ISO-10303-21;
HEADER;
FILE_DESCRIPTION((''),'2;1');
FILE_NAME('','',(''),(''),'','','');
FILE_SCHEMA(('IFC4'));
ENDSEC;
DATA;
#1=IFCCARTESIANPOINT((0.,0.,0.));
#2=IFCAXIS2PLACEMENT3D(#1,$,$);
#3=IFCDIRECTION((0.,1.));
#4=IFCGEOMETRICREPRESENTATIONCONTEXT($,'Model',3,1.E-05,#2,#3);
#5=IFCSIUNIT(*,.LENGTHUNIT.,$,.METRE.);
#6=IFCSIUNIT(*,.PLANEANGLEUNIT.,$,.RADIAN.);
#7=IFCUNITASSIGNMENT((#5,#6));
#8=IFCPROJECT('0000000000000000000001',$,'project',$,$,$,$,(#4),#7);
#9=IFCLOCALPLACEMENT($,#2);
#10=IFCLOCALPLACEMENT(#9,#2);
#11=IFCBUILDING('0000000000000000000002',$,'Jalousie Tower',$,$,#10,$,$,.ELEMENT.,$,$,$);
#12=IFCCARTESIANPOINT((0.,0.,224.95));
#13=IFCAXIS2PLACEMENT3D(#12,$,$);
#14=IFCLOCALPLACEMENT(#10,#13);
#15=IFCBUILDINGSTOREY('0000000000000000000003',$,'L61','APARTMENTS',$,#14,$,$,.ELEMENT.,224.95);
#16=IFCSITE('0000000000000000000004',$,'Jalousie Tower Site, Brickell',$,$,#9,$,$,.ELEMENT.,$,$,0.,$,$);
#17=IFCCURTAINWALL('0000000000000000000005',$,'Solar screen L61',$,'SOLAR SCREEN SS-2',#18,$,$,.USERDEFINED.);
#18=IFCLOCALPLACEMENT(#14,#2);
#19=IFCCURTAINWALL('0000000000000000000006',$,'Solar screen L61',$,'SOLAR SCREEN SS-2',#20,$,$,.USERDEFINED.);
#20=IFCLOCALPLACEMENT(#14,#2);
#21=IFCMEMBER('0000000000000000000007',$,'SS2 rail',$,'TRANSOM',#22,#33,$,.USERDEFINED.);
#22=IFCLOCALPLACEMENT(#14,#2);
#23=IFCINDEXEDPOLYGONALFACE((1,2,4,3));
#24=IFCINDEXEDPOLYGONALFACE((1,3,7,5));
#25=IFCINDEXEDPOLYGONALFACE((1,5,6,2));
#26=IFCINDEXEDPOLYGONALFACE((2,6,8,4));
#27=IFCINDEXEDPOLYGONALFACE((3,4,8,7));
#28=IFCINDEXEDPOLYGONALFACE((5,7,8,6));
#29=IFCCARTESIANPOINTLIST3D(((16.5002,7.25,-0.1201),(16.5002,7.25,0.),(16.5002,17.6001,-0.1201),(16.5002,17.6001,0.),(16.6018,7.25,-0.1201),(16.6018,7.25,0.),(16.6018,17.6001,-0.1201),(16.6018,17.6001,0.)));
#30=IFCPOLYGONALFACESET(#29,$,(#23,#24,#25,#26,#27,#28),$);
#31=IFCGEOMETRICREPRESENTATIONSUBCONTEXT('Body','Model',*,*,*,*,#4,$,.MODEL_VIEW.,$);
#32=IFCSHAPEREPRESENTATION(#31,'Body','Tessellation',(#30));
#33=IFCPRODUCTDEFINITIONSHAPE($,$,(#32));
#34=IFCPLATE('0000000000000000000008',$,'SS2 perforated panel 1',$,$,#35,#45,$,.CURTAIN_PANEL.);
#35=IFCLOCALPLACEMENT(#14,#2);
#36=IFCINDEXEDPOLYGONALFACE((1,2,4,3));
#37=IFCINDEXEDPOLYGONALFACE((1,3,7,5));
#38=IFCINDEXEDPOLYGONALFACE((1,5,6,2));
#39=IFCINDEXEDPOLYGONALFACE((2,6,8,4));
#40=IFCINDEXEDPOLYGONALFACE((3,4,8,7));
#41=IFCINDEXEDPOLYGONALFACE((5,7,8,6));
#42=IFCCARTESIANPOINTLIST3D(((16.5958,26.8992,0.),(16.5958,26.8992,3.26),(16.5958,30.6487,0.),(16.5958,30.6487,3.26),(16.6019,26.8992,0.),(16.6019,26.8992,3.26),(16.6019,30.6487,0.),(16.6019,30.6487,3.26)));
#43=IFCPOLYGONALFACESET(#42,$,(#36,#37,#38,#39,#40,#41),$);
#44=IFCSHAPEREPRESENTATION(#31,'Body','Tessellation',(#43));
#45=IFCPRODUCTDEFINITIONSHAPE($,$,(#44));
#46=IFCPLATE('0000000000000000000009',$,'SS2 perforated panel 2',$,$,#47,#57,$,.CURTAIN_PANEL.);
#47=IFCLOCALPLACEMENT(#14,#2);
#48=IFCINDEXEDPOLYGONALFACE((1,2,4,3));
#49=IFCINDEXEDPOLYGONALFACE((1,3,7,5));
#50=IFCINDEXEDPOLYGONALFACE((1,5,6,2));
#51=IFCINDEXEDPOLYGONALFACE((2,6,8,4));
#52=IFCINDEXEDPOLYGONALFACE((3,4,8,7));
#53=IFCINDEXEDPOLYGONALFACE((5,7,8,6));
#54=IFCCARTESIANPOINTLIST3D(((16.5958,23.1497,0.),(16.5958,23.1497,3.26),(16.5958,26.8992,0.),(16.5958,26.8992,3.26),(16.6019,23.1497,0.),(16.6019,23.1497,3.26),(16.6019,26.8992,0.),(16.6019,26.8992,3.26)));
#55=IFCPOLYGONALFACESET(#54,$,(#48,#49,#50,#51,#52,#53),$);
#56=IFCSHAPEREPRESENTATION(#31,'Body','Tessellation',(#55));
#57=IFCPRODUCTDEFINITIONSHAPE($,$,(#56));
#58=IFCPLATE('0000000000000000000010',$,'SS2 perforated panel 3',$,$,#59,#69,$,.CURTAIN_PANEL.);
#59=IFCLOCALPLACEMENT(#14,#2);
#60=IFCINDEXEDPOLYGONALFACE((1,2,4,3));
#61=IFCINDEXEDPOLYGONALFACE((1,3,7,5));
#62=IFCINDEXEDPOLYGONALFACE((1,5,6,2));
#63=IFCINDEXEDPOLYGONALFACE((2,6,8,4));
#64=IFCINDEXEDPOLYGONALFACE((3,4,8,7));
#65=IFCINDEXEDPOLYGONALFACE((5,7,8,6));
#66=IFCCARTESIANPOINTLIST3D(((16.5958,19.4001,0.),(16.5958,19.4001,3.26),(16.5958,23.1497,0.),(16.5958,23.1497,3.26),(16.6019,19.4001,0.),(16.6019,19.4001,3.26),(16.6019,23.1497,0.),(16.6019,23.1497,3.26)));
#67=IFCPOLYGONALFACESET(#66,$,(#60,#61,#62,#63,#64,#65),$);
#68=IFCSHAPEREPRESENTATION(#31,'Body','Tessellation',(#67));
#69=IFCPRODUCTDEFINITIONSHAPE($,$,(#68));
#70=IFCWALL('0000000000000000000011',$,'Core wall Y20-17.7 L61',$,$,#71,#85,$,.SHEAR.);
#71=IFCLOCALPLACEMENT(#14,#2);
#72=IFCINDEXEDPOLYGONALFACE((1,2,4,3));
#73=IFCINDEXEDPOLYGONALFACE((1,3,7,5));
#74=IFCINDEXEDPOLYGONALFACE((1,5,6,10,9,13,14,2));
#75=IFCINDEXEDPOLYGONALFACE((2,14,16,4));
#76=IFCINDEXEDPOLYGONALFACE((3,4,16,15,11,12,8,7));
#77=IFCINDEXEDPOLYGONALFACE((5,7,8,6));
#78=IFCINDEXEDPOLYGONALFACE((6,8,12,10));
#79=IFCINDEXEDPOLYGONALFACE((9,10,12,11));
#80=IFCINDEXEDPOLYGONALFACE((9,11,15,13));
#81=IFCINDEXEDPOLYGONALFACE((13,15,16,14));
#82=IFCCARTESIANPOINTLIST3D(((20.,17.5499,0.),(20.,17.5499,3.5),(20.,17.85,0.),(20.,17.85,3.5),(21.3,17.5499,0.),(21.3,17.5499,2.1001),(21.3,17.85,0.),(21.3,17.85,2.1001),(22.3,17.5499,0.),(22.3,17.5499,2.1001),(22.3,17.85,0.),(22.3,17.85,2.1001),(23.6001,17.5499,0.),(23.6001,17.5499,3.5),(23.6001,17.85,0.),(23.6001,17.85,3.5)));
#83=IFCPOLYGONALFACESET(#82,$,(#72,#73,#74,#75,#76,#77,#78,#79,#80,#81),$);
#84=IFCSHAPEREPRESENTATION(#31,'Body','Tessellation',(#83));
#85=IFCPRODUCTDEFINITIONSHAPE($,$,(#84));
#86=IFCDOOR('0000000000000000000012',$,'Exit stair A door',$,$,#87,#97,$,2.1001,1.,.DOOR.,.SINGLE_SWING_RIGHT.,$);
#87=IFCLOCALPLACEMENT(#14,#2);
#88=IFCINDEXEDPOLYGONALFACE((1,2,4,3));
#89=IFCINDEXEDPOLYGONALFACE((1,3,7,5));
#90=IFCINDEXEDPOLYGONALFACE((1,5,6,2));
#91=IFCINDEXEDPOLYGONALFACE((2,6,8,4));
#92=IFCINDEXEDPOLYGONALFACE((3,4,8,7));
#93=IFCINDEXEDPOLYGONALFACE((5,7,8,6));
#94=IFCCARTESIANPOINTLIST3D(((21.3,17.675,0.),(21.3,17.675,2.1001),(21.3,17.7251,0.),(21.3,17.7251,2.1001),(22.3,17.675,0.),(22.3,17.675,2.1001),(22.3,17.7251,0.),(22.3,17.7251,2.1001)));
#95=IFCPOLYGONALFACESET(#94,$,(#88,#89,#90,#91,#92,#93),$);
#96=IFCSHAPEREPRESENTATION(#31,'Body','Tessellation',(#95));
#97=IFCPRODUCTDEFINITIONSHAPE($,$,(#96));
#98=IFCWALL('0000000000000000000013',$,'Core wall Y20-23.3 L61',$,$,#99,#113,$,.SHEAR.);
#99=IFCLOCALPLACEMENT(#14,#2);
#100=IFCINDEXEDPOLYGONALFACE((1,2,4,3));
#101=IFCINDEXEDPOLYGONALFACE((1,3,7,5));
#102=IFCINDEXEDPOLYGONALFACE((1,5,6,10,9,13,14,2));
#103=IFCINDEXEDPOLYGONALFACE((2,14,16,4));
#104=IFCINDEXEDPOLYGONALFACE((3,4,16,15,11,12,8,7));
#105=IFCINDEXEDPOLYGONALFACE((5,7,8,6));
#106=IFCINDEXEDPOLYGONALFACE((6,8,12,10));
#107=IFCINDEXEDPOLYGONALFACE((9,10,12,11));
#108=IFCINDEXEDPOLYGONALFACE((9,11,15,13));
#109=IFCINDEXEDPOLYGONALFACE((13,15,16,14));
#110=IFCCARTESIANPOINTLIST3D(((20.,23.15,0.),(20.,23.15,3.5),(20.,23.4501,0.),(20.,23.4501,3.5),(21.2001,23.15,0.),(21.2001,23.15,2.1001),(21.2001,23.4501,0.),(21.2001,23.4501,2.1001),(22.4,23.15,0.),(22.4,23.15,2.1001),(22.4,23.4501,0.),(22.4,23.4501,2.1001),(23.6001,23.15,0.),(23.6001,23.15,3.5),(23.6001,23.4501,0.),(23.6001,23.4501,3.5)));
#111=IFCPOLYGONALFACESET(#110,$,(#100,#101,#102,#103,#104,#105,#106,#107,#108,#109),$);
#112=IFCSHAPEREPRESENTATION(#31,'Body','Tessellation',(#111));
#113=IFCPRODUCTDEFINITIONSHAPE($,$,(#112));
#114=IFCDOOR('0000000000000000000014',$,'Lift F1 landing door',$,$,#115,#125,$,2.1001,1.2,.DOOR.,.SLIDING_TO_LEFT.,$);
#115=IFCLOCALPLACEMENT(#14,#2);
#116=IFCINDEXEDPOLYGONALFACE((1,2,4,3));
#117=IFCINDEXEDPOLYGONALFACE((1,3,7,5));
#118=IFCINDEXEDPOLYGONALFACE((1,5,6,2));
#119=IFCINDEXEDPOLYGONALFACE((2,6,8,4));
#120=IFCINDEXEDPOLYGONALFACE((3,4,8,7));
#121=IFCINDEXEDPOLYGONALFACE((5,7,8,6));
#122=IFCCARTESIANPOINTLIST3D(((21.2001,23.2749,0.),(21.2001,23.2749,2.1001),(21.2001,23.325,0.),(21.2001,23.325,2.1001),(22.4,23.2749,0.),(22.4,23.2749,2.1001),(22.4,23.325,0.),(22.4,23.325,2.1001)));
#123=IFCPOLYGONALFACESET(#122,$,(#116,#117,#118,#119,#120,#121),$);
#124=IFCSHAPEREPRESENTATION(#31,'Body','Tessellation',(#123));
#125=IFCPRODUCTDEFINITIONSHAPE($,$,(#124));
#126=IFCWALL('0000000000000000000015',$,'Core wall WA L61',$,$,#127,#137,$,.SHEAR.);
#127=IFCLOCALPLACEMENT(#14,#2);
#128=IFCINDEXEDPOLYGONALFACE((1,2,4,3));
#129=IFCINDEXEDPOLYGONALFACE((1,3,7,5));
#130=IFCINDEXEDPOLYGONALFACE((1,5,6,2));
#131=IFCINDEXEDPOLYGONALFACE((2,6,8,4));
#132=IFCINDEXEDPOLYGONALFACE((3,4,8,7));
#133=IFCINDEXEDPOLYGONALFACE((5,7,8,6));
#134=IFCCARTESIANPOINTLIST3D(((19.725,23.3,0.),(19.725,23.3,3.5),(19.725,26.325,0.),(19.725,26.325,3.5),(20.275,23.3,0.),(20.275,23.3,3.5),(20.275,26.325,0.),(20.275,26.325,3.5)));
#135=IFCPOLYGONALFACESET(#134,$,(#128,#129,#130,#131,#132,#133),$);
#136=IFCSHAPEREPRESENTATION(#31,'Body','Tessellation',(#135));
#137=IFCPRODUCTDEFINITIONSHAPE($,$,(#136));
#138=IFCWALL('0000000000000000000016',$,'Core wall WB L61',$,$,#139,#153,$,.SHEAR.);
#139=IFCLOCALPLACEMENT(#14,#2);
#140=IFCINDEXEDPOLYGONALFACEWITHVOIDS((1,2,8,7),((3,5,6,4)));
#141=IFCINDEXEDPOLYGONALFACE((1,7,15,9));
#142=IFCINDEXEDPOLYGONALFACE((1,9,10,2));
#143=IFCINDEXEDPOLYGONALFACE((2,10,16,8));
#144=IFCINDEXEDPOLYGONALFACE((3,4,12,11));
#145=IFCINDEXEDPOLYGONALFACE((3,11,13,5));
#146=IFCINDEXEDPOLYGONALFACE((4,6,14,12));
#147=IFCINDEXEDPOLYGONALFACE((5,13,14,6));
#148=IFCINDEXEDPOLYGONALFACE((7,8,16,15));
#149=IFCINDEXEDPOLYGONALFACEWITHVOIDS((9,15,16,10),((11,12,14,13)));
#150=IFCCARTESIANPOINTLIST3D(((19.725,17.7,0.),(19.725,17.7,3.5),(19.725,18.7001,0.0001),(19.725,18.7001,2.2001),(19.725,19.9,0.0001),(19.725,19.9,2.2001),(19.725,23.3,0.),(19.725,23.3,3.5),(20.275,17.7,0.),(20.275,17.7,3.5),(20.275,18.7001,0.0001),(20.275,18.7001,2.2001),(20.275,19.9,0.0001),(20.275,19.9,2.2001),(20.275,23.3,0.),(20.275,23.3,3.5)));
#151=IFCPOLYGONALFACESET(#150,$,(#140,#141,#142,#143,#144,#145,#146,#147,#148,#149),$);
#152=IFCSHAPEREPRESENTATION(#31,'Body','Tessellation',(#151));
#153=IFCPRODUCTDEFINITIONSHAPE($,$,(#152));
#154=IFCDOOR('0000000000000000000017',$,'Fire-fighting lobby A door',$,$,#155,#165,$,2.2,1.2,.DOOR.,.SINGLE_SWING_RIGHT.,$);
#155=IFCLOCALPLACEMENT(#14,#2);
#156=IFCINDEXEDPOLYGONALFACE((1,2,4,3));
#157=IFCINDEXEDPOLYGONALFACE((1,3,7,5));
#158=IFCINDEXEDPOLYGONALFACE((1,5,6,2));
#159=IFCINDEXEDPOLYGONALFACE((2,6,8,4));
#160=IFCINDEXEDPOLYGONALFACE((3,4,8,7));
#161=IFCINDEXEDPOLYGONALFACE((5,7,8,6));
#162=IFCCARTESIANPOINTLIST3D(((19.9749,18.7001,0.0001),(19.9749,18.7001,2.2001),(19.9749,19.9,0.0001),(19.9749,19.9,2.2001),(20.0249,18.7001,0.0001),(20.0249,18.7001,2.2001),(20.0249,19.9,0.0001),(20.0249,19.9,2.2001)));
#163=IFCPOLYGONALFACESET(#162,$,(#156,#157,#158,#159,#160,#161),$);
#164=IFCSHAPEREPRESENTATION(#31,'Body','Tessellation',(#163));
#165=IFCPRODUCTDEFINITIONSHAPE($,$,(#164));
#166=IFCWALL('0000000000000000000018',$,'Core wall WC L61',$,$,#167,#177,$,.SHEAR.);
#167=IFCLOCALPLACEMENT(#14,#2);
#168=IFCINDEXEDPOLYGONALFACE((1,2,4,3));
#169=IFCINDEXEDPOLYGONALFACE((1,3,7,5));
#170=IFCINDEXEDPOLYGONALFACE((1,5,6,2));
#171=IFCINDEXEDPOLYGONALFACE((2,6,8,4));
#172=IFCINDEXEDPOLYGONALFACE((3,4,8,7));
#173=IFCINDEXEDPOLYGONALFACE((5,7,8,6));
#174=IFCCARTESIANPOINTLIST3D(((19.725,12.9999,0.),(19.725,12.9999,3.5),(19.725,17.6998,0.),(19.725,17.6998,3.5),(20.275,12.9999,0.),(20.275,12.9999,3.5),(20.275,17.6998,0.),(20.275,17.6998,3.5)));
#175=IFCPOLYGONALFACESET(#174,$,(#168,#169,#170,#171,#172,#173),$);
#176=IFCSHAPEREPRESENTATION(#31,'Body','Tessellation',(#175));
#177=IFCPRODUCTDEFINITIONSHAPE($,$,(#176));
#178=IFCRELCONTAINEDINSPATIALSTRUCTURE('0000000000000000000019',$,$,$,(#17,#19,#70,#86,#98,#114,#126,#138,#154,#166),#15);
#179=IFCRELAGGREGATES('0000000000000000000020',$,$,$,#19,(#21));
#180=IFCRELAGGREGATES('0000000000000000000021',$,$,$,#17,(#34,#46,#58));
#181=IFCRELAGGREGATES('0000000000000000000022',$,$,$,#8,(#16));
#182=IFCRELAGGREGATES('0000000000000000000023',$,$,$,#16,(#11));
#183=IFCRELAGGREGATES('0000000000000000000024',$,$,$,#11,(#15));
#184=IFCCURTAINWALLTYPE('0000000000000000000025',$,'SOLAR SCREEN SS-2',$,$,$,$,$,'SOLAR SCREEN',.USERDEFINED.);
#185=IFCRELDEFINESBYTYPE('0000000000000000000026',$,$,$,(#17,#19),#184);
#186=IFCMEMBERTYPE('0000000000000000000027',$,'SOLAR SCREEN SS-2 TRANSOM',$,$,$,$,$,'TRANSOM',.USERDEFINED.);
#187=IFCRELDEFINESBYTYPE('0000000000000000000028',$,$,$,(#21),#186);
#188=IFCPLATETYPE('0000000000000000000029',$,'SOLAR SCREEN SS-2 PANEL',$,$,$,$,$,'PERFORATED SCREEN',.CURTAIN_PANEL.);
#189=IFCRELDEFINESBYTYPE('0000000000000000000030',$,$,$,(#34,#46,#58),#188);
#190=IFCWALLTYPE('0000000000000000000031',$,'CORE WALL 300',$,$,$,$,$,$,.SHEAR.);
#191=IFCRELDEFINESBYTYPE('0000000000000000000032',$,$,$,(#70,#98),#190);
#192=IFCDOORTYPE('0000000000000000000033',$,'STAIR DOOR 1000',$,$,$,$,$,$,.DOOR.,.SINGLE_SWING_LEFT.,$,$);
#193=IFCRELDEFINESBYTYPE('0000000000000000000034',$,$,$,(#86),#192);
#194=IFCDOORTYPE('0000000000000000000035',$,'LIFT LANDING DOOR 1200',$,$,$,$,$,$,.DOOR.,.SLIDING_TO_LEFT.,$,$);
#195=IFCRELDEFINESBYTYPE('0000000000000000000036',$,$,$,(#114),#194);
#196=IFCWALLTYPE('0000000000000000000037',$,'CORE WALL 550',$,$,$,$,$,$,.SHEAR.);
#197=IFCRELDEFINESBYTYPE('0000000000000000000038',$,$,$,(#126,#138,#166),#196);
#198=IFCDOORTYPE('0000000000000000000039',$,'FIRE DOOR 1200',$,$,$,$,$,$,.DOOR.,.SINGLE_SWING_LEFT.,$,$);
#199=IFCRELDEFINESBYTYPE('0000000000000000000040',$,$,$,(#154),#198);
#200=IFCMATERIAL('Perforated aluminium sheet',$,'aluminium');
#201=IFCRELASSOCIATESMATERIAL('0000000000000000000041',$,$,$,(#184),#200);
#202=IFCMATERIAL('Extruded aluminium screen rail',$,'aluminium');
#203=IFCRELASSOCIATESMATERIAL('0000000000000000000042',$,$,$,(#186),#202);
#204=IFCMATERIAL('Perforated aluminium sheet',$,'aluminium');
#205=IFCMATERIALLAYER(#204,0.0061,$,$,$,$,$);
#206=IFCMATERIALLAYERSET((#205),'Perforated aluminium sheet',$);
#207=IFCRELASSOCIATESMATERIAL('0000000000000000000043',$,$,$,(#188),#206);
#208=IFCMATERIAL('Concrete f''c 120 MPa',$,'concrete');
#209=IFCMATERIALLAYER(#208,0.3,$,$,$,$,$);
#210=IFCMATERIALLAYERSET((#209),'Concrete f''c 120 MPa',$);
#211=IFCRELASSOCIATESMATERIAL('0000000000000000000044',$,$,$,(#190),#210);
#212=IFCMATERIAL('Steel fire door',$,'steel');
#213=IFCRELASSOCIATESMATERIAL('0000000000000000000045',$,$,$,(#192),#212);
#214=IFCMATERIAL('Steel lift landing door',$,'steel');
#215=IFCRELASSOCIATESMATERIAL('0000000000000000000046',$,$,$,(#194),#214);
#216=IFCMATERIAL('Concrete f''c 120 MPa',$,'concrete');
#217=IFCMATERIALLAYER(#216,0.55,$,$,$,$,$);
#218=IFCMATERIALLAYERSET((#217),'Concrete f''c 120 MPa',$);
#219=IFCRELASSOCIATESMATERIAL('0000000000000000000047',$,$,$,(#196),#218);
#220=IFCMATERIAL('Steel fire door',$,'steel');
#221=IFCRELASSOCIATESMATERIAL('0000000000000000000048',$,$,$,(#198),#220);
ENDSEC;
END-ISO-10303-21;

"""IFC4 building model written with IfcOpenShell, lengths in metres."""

from ifc_helpers import new_model, si_unit, direction, frame, frame_2d, origin, origin_2d, place, context, subcontext, project, spatial, rectangle, extrude, material, layer, layer_set, material_profile, profile_set, type_object, element, fill, aggregate, save


model = new_model("IFC4")

# Units and contexts
model_context = context("Model", 3, precision=1e-05, world=origin(), true_north=direction((0.0, 1.0)))
body_context = subcontext(model_context, "Body", "Model", "MODEL_VIEW")
ifc_project = project(units=[si_unit("LENGTHUNIT", "METRE"), si_unit("PLANEANGLEUNIT", "RADIAN")], contexts=[model_context])

# Site, building, storey
site_placement = place(None, origin())
site = spatial("IfcSite", under=ifc_project, at=site_placement, Name="Jalousie Tower Site, Brickell", CompositionType="ELEMENT", RefElevation=0.0)
building_placement = place(site_placement, origin())
building = spatial("IfcBuilding", under=site, at=building_placement, Name="Jalousie Tower", CompositionType="ELEMENT")
storey_placement = place(building_placement, frame((0.0, 0.0, 224.95)))
storey = spatial("IfcBuildingStorey", under=building, at=storey_placement, Name="L61", Description="APARTMENTS", CompositionType="ELEMENT", Elevation=224.95)

# Curtain walls, member
ifc_material_1 = material(Name="Perforated aluminium sheet", Category="aluminium")
curtain_wall_type = type_object("IfcCurtainWallType", Name="SOLAR SCREEN SS-2", ElementType="SOLAR SCREEN", PredefinedType="USERDEFINED", material=ifc_material_1)
curtain_wall_1_placement = place(storey_placement, origin())
curtain_wall_1 = element("IfcCurtainWall", 1, at=curtain_wall_1_placement, inside=storey, type_object=curtain_wall_type, Name="Solar screen L61", ObjectType="SOLAR SCREEN SS-2", PredefinedType="USERDEFINED")
curtain_wall_2_placement = place(storey_placement, origin())
curtain_wall_2 = element("IfcCurtainWall", 2, at=curtain_wall_2_placement, inside=storey, type_object=curtain_wall_type, Name="Solar screen L61", ObjectType="SOLAR SCREEN SS-2", PredefinedType="USERDEFINED")
ifc_material_2 = material(Name="Extruded aluminium screen rail", Category="aluminium")
ifc_material_profile_1 = material_profile(ifc_material_2, rectangle(XDim=0.1016, YDim=0.1201, at=origin_2d()), Name="RAIL 102x120")
ifc_profile_set_1 = profile_set([ifc_material_profile_1], Name="Extruded aluminium screen rail")
member_type_1 = type_object("IfcMemberType", Name="SOLAR SCREEN SS-2 TRANSOM", ElementType="TRANSOM", PredefinedType="USERDEFINED", material=ifc_profile_set_1)
member_1_placement = place(storey_placement, frame((16.551, 17.6001, -0.0601), z_axis=(0.0, -1.0, 0.0), x_axis=(1.0, 0.0, 0.0)))
member_1 = element("IfcMember", 3, at=member_1_placement, type_object=member_type_1, Name="SS2 rail", ObjectType="TRANSOM", PredefinedType="USERDEFINED", context=body_context, shape_type="SweptSolid", body=[
    extrude(rectangle(XDim=0.1016, YDim=0.1201, at=origin_2d()), origin(), (0.0, 0.0, 1.0), 10.3501),
])
aggregate(curtain_wall_2, [member_1])

# Plates
ifc_material_3 = material(Name="Perforated aluminium sheet", Category="aluminium")
ifc_layer_1 = layer(ifc_material_3, 0.0061)
ifc_layer_set_1 = layer_set([ifc_layer_1], Name="Perforated aluminium sheet")
plate_type = type_object("IfcPlateType", Name="SOLAR SCREEN SS-2 PANEL", ElementType="PERFORATED SCREEN", PredefinedType="CURTAIN_PANEL", material=ifc_layer_set_1)
plate_1_placement = place(storey_placement, frame((16.5989, 28.7739, 0.0), z_axis=(0.0, 0.0, 1.0), x_axis=(0.0, -1.0, 0.0)))
plate_1 = element("IfcPlate", 4, at=plate_1_placement, type_object=plate_type, Name="SS2 perforated panel 1", PredefinedType="CURTAIN_PANEL", context=body_context, shape_type="SweptSolid", body=[
    extrude(rectangle(XDim=3.7495, YDim=0.0061, at=origin_2d()), origin(), (0.0, 0.0, 1.0), 3.26),
])
plate_2_placement = place(storey_placement, frame((16.5989, 25.0244, 0.0), z_axis=(0.0, 0.0, 1.0), x_axis=(0.0, -1.0, 0.0)))
plate_2 = element("IfcPlate", 5, at=plate_2_placement, type_object=plate_type, Name="SS2 perforated panel 2", PredefinedType="CURTAIN_PANEL", context=body_context, shape_type="SweptSolid", body=[
    extrude(rectangle(XDim=3.7495, YDim=0.0061, at=origin_2d()), origin(), (0.0, 0.0, 1.0), 3.26),
])
plate_3_placement = place(storey_placement, frame((16.5989, 21.2749, 0.0), z_axis=(0.0, 0.0, 1.0), x_axis=(0.0, -1.0, 0.0)))
plate_3 = element("IfcPlate", 6, at=plate_3_placement, type_object=plate_type, Name="SS2 perforated panel 3", PredefinedType="CURTAIN_PANEL", context=body_context, shape_type="SweptSolid", body=[
    extrude(rectangle(XDim=3.7495, YDim=0.0061, at=origin_2d()), origin(), (0.0, 0.0, 1.0), 3.26),
])
aggregate(curtain_wall_1, [plate_1, plate_2, plate_3])

# Walls, openings, doors
ifc_material_4 = material(Name="Concrete f'c 120 MPa", Category="concrete")
ifc_layer_2 = layer(ifc_material_4, 0.3)
ifc_layer_set_2 = layer_set([ifc_layer_2], Name="Concrete f'c 120 MPa")
wall_type_1 = type_object("IfcWallType", Name="CORE WALL 300", PredefinedType="SHEAR", material=ifc_layer_set_2)
wall_1_placement = place(storey_placement, frame((20.0, 17.7, 0.0), z_axis=(0.0, 0.0, 1.0), x_axis=(1.0, 0.0, 0.0)))
wall_1 = element("IfcWall", 7, at=wall_1_placement, inside=storey, type_object=wall_type_1, Name="Core wall Y20-17.7 L61", PredefinedType="SHEAR", context=body_context, shape_type="SweptSolid", body=[
    extrude(rectangle(XDim=3.6001, YDim=0.3, at=frame_2d((1.8, 0.0))), origin(), (0.0, 0.0, 1.0), 3.5),
])
opening_1_placement = place(wall_1_placement, frame((1.3, 0.0, 0.0)))
opening_1 = element("IfcOpeningElement", 8, at=opening_1_placement, cuts=wall_1, PredefinedType="OPENING", context=body_context, shape_type="SweptSolid", body=[
    extrude(rectangle(XDim=1.0, YDim=2.1001, at=frame_2d((0.5, 1.05))), frame((0.0, 0.1599, 0.0), z_axis=(0.0, -1.0, 0.0), x_axis=(1.0, 0.0, 0.0)), (0.0, 0.0, 1.0), 0.3201),
])
ifc_material_5 = material(Name="Steel fire door", Category="steel")
door_type_1 = type_object("IfcDoorType", Name="STAIR DOOR 1000", OperationType="SINGLE_SWING_LEFT", PredefinedType="DOOR", material=ifc_material_5)
door_1_placement = place(opening_1_placement, frame((1.0, 0.0, 0.0), z_axis=(0.0, 0.0, 1.0), x_axis=(-1.0, 0.0, 0.0)))
door_1 = element("IfcDoor", 9, at=door_1_placement, inside=storey, type_object=door_type_1, Name="Exit stair A door", OperationType="SINGLE_SWING_RIGHT", OverallHeight=2.1001, OverallWidth=1.0, PredefinedType="DOOR", context=body_context, shape_type="SweptSolid", body=[
    extrude(rectangle(XDim=1.0, YDim=2.1001, at=frame_2d((0.5, 1.05))), frame((0.0, 0.0249, 0.0), z_axis=(0.0, -1.0, 0.0), x_axis=(1.0, 0.0, 0.0)), (0.0, 0.0, 1.0), 0.05),
])
fill(opening_1, door_1)
wall_2_placement = place(storey_placement, frame((20.0, 23.3, 0.0), z_axis=(0.0, 0.0, 1.0), x_axis=(1.0, 0.0, 0.0)))
wall_2 = element("IfcWall", 10, at=wall_2_placement, inside=storey, type_object=wall_type_1, Name="Core wall Y20-23.3 L61", PredefinedType="SHEAR", context=body_context, shape_type="SweptSolid", body=[
    extrude(rectangle(XDim=3.6001, YDim=0.3, at=frame_2d((1.8, 0.0))), origin(), (0.0, 0.0, 1.0), 3.5),
])
opening_2_placement = place(wall_2_placement, frame((1.2, 0.0, 0.0)))
opening_2 = element("IfcOpeningElement", 11, at=opening_2_placement, cuts=wall_2, PredefinedType="OPENING", context=body_context, shape_type="SweptSolid", body=[
    extrude(rectangle(XDim=1.2, YDim=2.1001, at=frame_2d((0.6001, 1.05))), frame((0.0, 0.1599, 0.0), z_axis=(0.0, -1.0, 0.0), x_axis=(1.0, 0.0, 0.0)), (0.0, 0.0, 1.0), 0.3201),
])
ifc_material_6 = material(Name="Steel lift landing door", Category="steel")
door_type_2 = type_object("IfcDoorType", Name="LIFT LANDING DOOR 1200", OperationType="SLIDING_TO_LEFT", PredefinedType="DOOR", material=ifc_material_6)
door_2_placement = place(opening_2_placement, origin())
door_2 = element("IfcDoor", 12, at=door_2_placement, inside=storey, type_object=door_type_2, Name="Lift F1 landing door", OperationType="SLIDING_TO_LEFT", OverallHeight=2.1001, OverallWidth=1.2, PredefinedType="DOOR", context=body_context, shape_type="SweptSolid", body=[
    extrude(rectangle(XDim=1.2, YDim=2.1001, at=frame_2d((0.6001, 1.05))), frame((0.0, 0.0249, 0.0), z_axis=(0.0, -1.0, 0.0), x_axis=(1.0, 0.0, 0.0)), (0.0, 0.0, 1.0), 0.05),
])
fill(opening_2, door_2)

# Wall
ifc_material_7 = material(Name="Concrete f'c 120 MPa", Category="concrete")
ifc_layer_3 = layer(ifc_material_7, 0.55)
ifc_layer_set_3 = layer_set([ifc_layer_3], Name="Concrete f'c 120 MPa")
wall_type_2 = type_object("IfcWallType", Name="CORE WALL 550", PredefinedType="SHEAR", material=ifc_layer_set_3)
wall_3_placement = place(storey_placement, frame((20.0, 26.325, 0.0), z_axis=(0.0, 0.0, 1.0), x_axis=(0.0, -1.0, 0.0)))
element("IfcWall", 13, at=wall_3_placement, inside=storey, type_object=wall_type_2, Name="Core wall WA L61", PredefinedType="SHEAR", context=body_context, shape_type="SweptSolid", body=[
    extrude(rectangle(XDim=3.0249, YDim=0.55, at=frame_2d((1.5125, 0.0))), origin(), (0.0, 0.0, 1.0), 3.5),
])

# Wall, opening, door
wall_4_placement = place(storey_placement, frame((20.0, 23.3, 0.0), z_axis=(0.0, 0.0, 1.0), x_axis=(0.0, -1.0, 0.0)))
wall_4 = element("IfcWall", 14, at=wall_4_placement, inside=storey, type_object=wall_type_2, Name="Core wall WB L61", PredefinedType="SHEAR", context=body_context, shape_type="SweptSolid", body=[
    extrude(rectangle(XDim=5.6001, YDim=0.55, at=frame_2d((2.8, 0.0))), origin(), (0.0, 0.0, 1.0), 3.5),
])
opening_3_placement = place(wall_4_placement, frame((3.3999, 0.0, 0.0)))
opening_3 = element("IfcOpeningElement", 15, at=opening_3_placement, cuts=wall_4, PredefinedType="OPENING", context=body_context, shape_type="SweptSolid", body=[
    extrude(rectangle(XDim=1.2, YDim=2.2, at=frame_2d((0.6001, 1.1001))), frame((0.0, 0.2849, 0.0), z_axis=(0.0, -1.0, 0.0), x_axis=(1.0, 0.0, 0.0)), (0.0, 0.0, 1.0), 0.5701),
])
ifc_material_8 = material(Name="Steel fire door", Category="steel")
door_type_3 = type_object("IfcDoorType", Name="FIRE DOOR 1200", OperationType="SINGLE_SWING_LEFT", PredefinedType="DOOR", material=ifc_material_8)
door_3_placement = place(opening_3_placement, origin())
door_3 = element("IfcDoor", 16, at=door_3_placement, inside=storey, type_object=door_type_3, Name="Fire-fighting lobby A door", OperationType="SINGLE_SWING_RIGHT", OverallHeight=2.2, OverallWidth=1.2, PredefinedType="DOOR", context=body_context, shape_type="SweptSolid", body=[
    extrude(rectangle(XDim=1.2, YDim=2.2, at=frame_2d((0.6001, 1.1001))), frame((0.0, 0.0249, 0.0), z_axis=(0.0, -1.0, 0.0), x_axis=(1.0, 0.0, 0.0)), (0.0, 0.0, 1.0), 0.05),
])
fill(opening_3, door_3)

# Wall
wall_5_placement = place(storey_placement, frame((20.0, 17.7, 0.0), z_axis=(0.0, 0.0, 1.0), x_axis=(0.0, -1.0, 0.0)))
element("IfcWall", 17, at=wall_5_placement, inside=storey, type_object=wall_type_2, Name="Core wall WC L61", PredefinedType="SHEAR", context=body_context, shape_type="SweptSolid", body=[
    extrude(rectangle(XDim=4.7, YDim=0.55, at=frame_2d((2.3501, 0.0))), origin(), (0.0, 0.0, 1.0), 3.5),
])

save(model, "model.ifc")
